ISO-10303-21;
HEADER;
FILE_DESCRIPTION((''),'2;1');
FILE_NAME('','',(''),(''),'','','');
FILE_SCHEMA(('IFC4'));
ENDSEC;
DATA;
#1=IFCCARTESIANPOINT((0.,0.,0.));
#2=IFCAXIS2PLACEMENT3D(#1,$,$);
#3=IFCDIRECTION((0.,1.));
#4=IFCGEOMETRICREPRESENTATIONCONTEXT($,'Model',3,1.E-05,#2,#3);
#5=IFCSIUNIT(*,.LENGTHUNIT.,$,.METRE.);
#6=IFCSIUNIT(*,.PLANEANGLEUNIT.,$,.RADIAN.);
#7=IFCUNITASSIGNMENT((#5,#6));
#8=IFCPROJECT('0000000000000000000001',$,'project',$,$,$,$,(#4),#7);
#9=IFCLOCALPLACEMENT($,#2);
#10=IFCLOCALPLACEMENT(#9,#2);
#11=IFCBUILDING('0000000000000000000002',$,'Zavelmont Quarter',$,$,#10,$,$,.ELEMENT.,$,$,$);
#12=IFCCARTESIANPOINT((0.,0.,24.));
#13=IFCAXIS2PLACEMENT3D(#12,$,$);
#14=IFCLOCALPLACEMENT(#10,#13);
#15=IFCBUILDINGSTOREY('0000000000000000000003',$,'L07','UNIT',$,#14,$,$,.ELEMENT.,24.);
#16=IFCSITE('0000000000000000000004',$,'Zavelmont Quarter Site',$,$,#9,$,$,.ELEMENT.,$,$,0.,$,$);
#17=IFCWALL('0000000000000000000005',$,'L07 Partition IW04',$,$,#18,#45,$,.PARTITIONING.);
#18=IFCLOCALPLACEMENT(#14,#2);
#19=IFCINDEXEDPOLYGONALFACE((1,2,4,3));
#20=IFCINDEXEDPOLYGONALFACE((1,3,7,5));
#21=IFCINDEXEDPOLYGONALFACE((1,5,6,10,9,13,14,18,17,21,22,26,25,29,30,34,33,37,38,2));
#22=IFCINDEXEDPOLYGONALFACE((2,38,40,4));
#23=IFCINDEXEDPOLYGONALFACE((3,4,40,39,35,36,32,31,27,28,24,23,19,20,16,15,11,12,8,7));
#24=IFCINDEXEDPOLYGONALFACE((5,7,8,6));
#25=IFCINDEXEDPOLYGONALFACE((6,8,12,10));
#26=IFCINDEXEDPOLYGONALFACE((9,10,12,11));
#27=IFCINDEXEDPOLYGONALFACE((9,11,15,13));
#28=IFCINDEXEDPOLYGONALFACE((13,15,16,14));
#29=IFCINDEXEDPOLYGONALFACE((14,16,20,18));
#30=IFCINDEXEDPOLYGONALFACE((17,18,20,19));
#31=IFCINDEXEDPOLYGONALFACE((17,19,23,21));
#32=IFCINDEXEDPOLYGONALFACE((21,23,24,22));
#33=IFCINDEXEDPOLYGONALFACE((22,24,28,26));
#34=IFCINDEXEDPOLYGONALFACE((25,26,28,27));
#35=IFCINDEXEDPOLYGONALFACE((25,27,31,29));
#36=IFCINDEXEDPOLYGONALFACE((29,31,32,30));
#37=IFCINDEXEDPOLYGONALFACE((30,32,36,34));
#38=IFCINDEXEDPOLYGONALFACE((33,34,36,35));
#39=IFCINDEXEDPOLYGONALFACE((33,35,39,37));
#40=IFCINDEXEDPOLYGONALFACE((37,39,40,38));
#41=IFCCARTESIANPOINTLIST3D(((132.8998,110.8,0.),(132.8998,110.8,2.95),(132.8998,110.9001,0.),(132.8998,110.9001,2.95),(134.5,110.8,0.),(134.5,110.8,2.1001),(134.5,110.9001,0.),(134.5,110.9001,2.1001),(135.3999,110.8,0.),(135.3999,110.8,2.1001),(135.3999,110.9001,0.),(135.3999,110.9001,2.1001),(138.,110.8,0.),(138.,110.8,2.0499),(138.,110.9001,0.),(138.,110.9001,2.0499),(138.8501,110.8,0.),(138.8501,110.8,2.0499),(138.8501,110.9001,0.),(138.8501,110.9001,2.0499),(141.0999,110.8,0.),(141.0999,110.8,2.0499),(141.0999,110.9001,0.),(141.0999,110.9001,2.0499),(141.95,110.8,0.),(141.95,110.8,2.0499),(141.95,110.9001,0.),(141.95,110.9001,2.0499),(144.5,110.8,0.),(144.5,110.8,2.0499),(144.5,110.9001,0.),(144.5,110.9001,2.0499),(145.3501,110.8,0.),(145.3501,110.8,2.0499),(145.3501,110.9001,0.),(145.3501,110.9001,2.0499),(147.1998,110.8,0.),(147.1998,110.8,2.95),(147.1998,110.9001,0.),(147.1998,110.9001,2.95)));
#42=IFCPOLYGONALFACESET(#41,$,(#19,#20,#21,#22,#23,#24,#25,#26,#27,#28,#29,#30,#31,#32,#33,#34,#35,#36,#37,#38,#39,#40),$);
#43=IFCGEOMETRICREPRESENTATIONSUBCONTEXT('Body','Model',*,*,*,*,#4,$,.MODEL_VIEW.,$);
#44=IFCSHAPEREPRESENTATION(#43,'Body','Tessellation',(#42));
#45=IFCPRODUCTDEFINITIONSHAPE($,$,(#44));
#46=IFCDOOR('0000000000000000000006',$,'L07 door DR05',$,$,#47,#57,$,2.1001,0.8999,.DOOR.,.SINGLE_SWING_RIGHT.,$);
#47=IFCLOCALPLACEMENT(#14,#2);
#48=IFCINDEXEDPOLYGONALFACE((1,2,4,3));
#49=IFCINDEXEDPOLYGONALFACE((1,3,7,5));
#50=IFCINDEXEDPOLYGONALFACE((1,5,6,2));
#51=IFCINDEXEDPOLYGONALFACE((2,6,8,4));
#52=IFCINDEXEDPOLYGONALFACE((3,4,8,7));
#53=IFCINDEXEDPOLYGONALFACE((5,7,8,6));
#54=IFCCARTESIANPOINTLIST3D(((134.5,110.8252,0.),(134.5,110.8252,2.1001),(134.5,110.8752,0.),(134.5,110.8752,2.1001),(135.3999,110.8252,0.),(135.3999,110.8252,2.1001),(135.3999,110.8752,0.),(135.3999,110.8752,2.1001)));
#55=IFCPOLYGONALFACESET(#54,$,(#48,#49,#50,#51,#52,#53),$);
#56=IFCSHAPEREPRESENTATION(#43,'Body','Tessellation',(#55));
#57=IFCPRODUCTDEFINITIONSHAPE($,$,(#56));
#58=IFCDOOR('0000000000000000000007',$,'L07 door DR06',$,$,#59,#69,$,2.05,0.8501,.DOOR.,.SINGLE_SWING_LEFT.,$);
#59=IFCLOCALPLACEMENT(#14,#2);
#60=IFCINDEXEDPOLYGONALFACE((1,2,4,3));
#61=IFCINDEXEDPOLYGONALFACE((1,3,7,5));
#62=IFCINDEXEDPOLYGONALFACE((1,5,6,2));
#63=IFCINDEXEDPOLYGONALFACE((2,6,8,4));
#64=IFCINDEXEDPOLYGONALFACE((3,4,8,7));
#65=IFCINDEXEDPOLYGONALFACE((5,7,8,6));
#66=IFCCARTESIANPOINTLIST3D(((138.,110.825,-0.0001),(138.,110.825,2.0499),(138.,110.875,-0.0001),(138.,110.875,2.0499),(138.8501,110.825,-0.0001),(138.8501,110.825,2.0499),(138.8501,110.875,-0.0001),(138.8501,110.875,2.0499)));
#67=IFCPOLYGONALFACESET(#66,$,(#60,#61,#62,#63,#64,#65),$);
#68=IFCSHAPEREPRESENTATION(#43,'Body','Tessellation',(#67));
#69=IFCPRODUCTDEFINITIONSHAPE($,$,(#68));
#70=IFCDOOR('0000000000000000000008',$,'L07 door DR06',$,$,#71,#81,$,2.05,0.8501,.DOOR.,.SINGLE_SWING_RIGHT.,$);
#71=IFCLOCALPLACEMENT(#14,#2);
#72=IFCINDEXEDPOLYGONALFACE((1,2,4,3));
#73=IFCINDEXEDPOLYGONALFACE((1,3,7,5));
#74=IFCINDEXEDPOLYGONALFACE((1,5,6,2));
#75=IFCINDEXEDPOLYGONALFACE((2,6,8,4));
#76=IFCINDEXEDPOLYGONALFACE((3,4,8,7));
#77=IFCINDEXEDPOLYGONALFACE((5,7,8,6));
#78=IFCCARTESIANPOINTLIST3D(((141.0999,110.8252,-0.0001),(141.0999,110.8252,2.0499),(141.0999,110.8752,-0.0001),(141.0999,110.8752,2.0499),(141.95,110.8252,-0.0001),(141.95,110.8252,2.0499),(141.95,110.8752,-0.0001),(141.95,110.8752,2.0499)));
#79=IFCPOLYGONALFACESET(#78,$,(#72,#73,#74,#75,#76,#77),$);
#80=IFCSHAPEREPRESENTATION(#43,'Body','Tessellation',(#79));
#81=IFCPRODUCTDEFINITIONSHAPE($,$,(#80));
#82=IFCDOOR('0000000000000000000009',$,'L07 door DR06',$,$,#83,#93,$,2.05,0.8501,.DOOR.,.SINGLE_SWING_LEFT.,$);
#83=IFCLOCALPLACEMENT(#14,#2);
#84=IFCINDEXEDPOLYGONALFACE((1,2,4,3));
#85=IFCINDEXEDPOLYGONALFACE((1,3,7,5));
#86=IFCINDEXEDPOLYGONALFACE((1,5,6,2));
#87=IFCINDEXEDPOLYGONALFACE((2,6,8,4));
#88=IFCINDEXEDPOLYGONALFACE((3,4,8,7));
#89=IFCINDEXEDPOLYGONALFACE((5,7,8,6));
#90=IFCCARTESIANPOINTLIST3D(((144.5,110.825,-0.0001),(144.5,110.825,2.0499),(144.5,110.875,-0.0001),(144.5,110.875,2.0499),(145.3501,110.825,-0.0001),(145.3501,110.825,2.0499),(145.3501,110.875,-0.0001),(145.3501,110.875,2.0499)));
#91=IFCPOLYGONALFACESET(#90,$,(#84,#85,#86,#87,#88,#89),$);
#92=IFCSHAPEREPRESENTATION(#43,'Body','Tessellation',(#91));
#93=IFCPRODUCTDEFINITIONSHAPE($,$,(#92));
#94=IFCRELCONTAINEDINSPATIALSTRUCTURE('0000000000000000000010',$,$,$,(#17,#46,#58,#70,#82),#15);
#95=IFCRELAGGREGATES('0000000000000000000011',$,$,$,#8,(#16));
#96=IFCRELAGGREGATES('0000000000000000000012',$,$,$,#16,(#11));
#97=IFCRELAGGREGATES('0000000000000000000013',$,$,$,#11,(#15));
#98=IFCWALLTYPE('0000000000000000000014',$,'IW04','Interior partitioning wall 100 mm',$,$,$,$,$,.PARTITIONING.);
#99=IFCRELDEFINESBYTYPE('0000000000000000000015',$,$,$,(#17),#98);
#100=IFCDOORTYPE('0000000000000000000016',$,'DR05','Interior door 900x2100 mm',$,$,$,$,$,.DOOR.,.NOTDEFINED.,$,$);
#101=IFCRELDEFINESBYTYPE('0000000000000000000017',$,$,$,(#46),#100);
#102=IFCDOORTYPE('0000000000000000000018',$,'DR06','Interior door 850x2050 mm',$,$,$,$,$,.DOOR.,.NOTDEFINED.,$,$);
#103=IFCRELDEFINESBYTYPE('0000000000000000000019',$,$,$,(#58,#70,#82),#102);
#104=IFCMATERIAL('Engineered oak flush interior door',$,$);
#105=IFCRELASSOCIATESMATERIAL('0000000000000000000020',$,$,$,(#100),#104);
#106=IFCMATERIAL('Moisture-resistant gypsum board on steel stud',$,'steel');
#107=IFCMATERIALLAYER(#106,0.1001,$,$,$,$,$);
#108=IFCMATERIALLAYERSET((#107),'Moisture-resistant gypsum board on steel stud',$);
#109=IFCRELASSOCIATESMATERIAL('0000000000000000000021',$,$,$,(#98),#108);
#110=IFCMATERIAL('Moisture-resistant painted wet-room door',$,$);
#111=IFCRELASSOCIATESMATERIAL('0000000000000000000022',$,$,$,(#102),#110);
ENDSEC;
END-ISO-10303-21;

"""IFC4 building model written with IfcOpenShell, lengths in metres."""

from ifc_helpers import new_model, si_unit, direction, frame, frame_2d, origin, origin_with_axes, place, context, subcontext, project, spatial, rectangle, extrude, material, layer, layer_set, type_object, element, fill, save


model = new_model("IFC4")

# Units and contexts
model_context = context("Model", 3, precision=1e-05, world=origin(), true_north=direction((0.0, 1.0)))
body_context = subcontext(model_context, "Body", "Model", "MODEL_VIEW")
ifc_project = project(units=[si_unit("LENGTHUNIT", "METRE"), si_unit("PLANEANGLEUNIT", "RADIAN")], contexts=[model_context])

# Site, building, storey
site_placement = place(None, origin())
site = spatial("IfcSite", under=ifc_project, at=site_placement, Name="Zavelmont Quarter Site", CompositionType="ELEMENT", RefElevation=0.0)
building_placement = place(site_placement, origin())
building = spatial("IfcBuilding", under=site, at=building_placement, Name="Zavelmont Quarter", CompositionType="ELEMENT")
storey_placement = place(building_placement, frame((0.0, 0.0, 24.0)))
storey = spatial("IfcBuildingStorey", under=building, at=storey_placement, Name="L07", Description="UNIT", CompositionType="ELEMENT", Elevation=24.0)

# Shared definitions
ifc_material_1 = material(Name="Engineered oak flush interior door")
door_type_1 = type_object("IfcDoorType", Name="DR05", Description="Interior door 900x2100 mm", OperationType="NOTDEFINED", PredefinedType="DOOR", material=ifc_material_1)

# Wall, openings, doors
ifc_material_2 = material(Name="Moisture-resistant gypsum board on steel stud", Category="steel")
ifc_layer_1 = layer(ifc_material_2, 0.1001)
ifc_layer_set_1 = layer_set([ifc_layer_1], Name="Moisture-resistant gypsum board on steel stud")
wall_type_1 = type_object("IfcWallType", Name="IW04", Description="Interior partitioning wall 100 mm", PredefinedType="PARTITIONING", material=ifc_layer_set_1)
wall_1_placement = place(storey_placement, frame((132.8999, 110.8501, 0.0), z_axis=(0.0, 0.0, 1.0), x_axis=(1.0, 0.0, 0.0)))
wall_1 = element("IfcWall", 1, at=wall_1_placement, inside=storey, type_object=wall_type_1, Name="L07 Partition IW04", PredefinedType="PARTITIONING", context=body_context, shape_type="SweptSolid", body=[
    extrude(rectangle(XDim=14.3, YDim=0.1001, at=frame_2d((7.1499, 0.0))), origin(), (0.0, 0.0, 1.0), 2.95),
])
opening_1_placement = place(wall_1_placement, frame((1.6001, 0.0, 0.0)))
opening_1 = element("IfcOpeningElement", 2, at=opening_1_placement, cuts=wall_1, PredefinedType="OPENING", context=body_context, shape_type="SweptSolid", body=[
    extrude(rectangle(XDim=0.8999, YDim=2.1001, at=frame_2d((0.45, 1.05))), frame((0.0, 0.062, 0.0), z_axis=(0.0, -1.0, 0.0), x_axis=(1.0, 0.0, 0.0)), (0.0, 0.0, 1.0), 0.124),
])
opening_2_placement = place(wall_1_placement, frame((5.1001, 0.0, 0.0)))
opening_2 = element("IfcOpeningElement", 3, at=opening_2_placement, cuts=wall_1, PredefinedType="OPENING", context=body_context, shape_type="SweptSolid", body=[
    extrude(rectangle(XDim=0.8501, YDim=2.05, at=frame_2d((0.425, 1.0249))), frame((0.0, 0.062, 0.0), z_axis=(0.0, -1.0, 0.0), x_axis=(1.0, 0.0, 0.0)), (0.0, 0.0, 1.0), 0.124),
])
opening_3_placement = place(wall_1_placement, frame((8.2, 0.0, 0.0)))
opening_3 = element("IfcOpeningElement", 4, at=opening_3_placement, cuts=wall_1, PredefinedType="OPENING", context=body_context, shape_type="SweptSolid", body=[
    extrude(rectangle(XDim=0.8501, YDim=2.05, at=frame_2d((0.425, 1.0249))), frame((0.0, 0.062, 0.0), z_axis=(0.0, -1.0, 0.0), x_axis=(1.0, 0.0, 0.0)), (0.0, 0.0, 1.0), 0.124),
])
opening_4_placement = place(wall_1_placement, frame((11.6001, 0.0, 0.0)))
opening_4 = element("IfcOpeningElement", 5, at=opening_4_placement, cuts=wall_1, PredefinedType="OPENING", context=body_context, shape_type="SweptSolid", body=[
    extrude(rectangle(XDim=0.8501, YDim=2.05, at=frame_2d((0.425, 1.0249))), frame((0.0, 0.062, 0.0), z_axis=(0.0, -1.0, 0.0), x_axis=(1.0, 0.0, 0.0)), (0.0, 0.0, 1.0), 0.124),
])
door_1_placement = place(opening_1_placement, frame((0.8999, 0.0, 0.0), z_axis=(0.0, 0.0, 1.0), x_axis=(-1.0, 0.0, 0.0)))
door_1 = element("IfcDoor", 6, at=door_1_placement, inside=storey, type_object=door_type_1, Name="L07 door DR05", OperationType="SINGLE_SWING_RIGHT", OverallHeight=2.1001, OverallWidth=0.8999, PredefinedType="DOOR", context=body_context, shape_type="SweptSolid", body=[
    extrude(rectangle(XDim=0.8999, YDim=2.1001, at=frame_2d((0.45, 1.05))), frame((0.0, 0.0249, 0.0), z_axis=(0.0, -1.0, 0.0), x_axis=(1.0, 0.0, 0.0)), (0.0, 0.0, 1.0), 0.05),
])
fill(opening_1, door_1)
ifc_material_3 = material(Name="Moisture-resistant painted wet-room door")
door_type_2 = type_object("IfcDoorType", Name="DR06", Description="Interior door 850x2050 mm", OperationType="NOTDEFINED", PredefinedType="DOOR", material=ifc_material_3)
door_2_placement = place(opening_2_placement, origin_with_axes())
door_2 = element("IfcDoor", 7, at=door_2_placement, inside=storey, type_object=door_type_2, Name="L07 door DR06", OperationType="SINGLE_SWING_LEFT", OverallHeight=2.05, OverallWidth=0.8501, PredefinedType="DOOR", context=body_context, shape_type="SweptSolid", body=[
    extrude(rectangle(XDim=0.8501, YDim=2.05, at=frame_2d((0.425, 1.0249))), frame((0.0, 0.0249, 0.0), z_axis=(0.0, -1.0, 0.0), x_axis=(1.0, 0.0, 0.0)), (0.0, 0.0, 1.0), 0.05),
])
fill(opening_2, door_2)
door_3_placement = place(opening_3_placement, frame((0.8501, 0.0, 0.0), z_axis=(0.0, 0.0, 1.0), x_axis=(-1.0, 0.0, 0.0)))
door_3 = element("IfcDoor", 8, at=door_3_placement, inside=storey, type_object=door_type_2, Name="L07 door DR06", OperationType="SINGLE_SWING_RIGHT", OverallHeight=2.05, OverallWidth=0.8501, PredefinedType="DOOR", context=body_context, shape_type="SweptSolid", body=[
    extrude(rectangle(XDim=0.8501, YDim=2.05, at=frame_2d((0.425, 1.0249))), frame((0.0, 0.0249, 0.0), z_axis=(0.0, -1.0, 0.0), x_axis=(1.0, 0.0, 0.0)), (0.0, 0.0, 1.0), 0.05),
])
fill(opening_3, door_3)
door_4_placement = place(opening_4_placement, origin_with_axes())
door_4 = element("IfcDoor", 9, at=door_4_placement, inside=storey, type_object=door_type_2, Name="L07 door DR06", OperationType="SINGLE_SWING_LEFT", OverallHeight=2.05, OverallWidth=0.8501, PredefinedType="DOOR", context=body_context, shape_type="SweptSolid", body=[
    extrude(rectangle(XDim=0.8501, YDim=2.05, at=frame_2d((0.425, 1.0249))), frame((0.0, 0.0249, 0.0), z_axis=(0.0, -1.0, 0.0), x_axis=(1.0, 0.0, 0.0)), (0.0, 0.0, 1.0), 0.05),
])
fill(opening_4, door_4)

save(model, "model.ifc")
